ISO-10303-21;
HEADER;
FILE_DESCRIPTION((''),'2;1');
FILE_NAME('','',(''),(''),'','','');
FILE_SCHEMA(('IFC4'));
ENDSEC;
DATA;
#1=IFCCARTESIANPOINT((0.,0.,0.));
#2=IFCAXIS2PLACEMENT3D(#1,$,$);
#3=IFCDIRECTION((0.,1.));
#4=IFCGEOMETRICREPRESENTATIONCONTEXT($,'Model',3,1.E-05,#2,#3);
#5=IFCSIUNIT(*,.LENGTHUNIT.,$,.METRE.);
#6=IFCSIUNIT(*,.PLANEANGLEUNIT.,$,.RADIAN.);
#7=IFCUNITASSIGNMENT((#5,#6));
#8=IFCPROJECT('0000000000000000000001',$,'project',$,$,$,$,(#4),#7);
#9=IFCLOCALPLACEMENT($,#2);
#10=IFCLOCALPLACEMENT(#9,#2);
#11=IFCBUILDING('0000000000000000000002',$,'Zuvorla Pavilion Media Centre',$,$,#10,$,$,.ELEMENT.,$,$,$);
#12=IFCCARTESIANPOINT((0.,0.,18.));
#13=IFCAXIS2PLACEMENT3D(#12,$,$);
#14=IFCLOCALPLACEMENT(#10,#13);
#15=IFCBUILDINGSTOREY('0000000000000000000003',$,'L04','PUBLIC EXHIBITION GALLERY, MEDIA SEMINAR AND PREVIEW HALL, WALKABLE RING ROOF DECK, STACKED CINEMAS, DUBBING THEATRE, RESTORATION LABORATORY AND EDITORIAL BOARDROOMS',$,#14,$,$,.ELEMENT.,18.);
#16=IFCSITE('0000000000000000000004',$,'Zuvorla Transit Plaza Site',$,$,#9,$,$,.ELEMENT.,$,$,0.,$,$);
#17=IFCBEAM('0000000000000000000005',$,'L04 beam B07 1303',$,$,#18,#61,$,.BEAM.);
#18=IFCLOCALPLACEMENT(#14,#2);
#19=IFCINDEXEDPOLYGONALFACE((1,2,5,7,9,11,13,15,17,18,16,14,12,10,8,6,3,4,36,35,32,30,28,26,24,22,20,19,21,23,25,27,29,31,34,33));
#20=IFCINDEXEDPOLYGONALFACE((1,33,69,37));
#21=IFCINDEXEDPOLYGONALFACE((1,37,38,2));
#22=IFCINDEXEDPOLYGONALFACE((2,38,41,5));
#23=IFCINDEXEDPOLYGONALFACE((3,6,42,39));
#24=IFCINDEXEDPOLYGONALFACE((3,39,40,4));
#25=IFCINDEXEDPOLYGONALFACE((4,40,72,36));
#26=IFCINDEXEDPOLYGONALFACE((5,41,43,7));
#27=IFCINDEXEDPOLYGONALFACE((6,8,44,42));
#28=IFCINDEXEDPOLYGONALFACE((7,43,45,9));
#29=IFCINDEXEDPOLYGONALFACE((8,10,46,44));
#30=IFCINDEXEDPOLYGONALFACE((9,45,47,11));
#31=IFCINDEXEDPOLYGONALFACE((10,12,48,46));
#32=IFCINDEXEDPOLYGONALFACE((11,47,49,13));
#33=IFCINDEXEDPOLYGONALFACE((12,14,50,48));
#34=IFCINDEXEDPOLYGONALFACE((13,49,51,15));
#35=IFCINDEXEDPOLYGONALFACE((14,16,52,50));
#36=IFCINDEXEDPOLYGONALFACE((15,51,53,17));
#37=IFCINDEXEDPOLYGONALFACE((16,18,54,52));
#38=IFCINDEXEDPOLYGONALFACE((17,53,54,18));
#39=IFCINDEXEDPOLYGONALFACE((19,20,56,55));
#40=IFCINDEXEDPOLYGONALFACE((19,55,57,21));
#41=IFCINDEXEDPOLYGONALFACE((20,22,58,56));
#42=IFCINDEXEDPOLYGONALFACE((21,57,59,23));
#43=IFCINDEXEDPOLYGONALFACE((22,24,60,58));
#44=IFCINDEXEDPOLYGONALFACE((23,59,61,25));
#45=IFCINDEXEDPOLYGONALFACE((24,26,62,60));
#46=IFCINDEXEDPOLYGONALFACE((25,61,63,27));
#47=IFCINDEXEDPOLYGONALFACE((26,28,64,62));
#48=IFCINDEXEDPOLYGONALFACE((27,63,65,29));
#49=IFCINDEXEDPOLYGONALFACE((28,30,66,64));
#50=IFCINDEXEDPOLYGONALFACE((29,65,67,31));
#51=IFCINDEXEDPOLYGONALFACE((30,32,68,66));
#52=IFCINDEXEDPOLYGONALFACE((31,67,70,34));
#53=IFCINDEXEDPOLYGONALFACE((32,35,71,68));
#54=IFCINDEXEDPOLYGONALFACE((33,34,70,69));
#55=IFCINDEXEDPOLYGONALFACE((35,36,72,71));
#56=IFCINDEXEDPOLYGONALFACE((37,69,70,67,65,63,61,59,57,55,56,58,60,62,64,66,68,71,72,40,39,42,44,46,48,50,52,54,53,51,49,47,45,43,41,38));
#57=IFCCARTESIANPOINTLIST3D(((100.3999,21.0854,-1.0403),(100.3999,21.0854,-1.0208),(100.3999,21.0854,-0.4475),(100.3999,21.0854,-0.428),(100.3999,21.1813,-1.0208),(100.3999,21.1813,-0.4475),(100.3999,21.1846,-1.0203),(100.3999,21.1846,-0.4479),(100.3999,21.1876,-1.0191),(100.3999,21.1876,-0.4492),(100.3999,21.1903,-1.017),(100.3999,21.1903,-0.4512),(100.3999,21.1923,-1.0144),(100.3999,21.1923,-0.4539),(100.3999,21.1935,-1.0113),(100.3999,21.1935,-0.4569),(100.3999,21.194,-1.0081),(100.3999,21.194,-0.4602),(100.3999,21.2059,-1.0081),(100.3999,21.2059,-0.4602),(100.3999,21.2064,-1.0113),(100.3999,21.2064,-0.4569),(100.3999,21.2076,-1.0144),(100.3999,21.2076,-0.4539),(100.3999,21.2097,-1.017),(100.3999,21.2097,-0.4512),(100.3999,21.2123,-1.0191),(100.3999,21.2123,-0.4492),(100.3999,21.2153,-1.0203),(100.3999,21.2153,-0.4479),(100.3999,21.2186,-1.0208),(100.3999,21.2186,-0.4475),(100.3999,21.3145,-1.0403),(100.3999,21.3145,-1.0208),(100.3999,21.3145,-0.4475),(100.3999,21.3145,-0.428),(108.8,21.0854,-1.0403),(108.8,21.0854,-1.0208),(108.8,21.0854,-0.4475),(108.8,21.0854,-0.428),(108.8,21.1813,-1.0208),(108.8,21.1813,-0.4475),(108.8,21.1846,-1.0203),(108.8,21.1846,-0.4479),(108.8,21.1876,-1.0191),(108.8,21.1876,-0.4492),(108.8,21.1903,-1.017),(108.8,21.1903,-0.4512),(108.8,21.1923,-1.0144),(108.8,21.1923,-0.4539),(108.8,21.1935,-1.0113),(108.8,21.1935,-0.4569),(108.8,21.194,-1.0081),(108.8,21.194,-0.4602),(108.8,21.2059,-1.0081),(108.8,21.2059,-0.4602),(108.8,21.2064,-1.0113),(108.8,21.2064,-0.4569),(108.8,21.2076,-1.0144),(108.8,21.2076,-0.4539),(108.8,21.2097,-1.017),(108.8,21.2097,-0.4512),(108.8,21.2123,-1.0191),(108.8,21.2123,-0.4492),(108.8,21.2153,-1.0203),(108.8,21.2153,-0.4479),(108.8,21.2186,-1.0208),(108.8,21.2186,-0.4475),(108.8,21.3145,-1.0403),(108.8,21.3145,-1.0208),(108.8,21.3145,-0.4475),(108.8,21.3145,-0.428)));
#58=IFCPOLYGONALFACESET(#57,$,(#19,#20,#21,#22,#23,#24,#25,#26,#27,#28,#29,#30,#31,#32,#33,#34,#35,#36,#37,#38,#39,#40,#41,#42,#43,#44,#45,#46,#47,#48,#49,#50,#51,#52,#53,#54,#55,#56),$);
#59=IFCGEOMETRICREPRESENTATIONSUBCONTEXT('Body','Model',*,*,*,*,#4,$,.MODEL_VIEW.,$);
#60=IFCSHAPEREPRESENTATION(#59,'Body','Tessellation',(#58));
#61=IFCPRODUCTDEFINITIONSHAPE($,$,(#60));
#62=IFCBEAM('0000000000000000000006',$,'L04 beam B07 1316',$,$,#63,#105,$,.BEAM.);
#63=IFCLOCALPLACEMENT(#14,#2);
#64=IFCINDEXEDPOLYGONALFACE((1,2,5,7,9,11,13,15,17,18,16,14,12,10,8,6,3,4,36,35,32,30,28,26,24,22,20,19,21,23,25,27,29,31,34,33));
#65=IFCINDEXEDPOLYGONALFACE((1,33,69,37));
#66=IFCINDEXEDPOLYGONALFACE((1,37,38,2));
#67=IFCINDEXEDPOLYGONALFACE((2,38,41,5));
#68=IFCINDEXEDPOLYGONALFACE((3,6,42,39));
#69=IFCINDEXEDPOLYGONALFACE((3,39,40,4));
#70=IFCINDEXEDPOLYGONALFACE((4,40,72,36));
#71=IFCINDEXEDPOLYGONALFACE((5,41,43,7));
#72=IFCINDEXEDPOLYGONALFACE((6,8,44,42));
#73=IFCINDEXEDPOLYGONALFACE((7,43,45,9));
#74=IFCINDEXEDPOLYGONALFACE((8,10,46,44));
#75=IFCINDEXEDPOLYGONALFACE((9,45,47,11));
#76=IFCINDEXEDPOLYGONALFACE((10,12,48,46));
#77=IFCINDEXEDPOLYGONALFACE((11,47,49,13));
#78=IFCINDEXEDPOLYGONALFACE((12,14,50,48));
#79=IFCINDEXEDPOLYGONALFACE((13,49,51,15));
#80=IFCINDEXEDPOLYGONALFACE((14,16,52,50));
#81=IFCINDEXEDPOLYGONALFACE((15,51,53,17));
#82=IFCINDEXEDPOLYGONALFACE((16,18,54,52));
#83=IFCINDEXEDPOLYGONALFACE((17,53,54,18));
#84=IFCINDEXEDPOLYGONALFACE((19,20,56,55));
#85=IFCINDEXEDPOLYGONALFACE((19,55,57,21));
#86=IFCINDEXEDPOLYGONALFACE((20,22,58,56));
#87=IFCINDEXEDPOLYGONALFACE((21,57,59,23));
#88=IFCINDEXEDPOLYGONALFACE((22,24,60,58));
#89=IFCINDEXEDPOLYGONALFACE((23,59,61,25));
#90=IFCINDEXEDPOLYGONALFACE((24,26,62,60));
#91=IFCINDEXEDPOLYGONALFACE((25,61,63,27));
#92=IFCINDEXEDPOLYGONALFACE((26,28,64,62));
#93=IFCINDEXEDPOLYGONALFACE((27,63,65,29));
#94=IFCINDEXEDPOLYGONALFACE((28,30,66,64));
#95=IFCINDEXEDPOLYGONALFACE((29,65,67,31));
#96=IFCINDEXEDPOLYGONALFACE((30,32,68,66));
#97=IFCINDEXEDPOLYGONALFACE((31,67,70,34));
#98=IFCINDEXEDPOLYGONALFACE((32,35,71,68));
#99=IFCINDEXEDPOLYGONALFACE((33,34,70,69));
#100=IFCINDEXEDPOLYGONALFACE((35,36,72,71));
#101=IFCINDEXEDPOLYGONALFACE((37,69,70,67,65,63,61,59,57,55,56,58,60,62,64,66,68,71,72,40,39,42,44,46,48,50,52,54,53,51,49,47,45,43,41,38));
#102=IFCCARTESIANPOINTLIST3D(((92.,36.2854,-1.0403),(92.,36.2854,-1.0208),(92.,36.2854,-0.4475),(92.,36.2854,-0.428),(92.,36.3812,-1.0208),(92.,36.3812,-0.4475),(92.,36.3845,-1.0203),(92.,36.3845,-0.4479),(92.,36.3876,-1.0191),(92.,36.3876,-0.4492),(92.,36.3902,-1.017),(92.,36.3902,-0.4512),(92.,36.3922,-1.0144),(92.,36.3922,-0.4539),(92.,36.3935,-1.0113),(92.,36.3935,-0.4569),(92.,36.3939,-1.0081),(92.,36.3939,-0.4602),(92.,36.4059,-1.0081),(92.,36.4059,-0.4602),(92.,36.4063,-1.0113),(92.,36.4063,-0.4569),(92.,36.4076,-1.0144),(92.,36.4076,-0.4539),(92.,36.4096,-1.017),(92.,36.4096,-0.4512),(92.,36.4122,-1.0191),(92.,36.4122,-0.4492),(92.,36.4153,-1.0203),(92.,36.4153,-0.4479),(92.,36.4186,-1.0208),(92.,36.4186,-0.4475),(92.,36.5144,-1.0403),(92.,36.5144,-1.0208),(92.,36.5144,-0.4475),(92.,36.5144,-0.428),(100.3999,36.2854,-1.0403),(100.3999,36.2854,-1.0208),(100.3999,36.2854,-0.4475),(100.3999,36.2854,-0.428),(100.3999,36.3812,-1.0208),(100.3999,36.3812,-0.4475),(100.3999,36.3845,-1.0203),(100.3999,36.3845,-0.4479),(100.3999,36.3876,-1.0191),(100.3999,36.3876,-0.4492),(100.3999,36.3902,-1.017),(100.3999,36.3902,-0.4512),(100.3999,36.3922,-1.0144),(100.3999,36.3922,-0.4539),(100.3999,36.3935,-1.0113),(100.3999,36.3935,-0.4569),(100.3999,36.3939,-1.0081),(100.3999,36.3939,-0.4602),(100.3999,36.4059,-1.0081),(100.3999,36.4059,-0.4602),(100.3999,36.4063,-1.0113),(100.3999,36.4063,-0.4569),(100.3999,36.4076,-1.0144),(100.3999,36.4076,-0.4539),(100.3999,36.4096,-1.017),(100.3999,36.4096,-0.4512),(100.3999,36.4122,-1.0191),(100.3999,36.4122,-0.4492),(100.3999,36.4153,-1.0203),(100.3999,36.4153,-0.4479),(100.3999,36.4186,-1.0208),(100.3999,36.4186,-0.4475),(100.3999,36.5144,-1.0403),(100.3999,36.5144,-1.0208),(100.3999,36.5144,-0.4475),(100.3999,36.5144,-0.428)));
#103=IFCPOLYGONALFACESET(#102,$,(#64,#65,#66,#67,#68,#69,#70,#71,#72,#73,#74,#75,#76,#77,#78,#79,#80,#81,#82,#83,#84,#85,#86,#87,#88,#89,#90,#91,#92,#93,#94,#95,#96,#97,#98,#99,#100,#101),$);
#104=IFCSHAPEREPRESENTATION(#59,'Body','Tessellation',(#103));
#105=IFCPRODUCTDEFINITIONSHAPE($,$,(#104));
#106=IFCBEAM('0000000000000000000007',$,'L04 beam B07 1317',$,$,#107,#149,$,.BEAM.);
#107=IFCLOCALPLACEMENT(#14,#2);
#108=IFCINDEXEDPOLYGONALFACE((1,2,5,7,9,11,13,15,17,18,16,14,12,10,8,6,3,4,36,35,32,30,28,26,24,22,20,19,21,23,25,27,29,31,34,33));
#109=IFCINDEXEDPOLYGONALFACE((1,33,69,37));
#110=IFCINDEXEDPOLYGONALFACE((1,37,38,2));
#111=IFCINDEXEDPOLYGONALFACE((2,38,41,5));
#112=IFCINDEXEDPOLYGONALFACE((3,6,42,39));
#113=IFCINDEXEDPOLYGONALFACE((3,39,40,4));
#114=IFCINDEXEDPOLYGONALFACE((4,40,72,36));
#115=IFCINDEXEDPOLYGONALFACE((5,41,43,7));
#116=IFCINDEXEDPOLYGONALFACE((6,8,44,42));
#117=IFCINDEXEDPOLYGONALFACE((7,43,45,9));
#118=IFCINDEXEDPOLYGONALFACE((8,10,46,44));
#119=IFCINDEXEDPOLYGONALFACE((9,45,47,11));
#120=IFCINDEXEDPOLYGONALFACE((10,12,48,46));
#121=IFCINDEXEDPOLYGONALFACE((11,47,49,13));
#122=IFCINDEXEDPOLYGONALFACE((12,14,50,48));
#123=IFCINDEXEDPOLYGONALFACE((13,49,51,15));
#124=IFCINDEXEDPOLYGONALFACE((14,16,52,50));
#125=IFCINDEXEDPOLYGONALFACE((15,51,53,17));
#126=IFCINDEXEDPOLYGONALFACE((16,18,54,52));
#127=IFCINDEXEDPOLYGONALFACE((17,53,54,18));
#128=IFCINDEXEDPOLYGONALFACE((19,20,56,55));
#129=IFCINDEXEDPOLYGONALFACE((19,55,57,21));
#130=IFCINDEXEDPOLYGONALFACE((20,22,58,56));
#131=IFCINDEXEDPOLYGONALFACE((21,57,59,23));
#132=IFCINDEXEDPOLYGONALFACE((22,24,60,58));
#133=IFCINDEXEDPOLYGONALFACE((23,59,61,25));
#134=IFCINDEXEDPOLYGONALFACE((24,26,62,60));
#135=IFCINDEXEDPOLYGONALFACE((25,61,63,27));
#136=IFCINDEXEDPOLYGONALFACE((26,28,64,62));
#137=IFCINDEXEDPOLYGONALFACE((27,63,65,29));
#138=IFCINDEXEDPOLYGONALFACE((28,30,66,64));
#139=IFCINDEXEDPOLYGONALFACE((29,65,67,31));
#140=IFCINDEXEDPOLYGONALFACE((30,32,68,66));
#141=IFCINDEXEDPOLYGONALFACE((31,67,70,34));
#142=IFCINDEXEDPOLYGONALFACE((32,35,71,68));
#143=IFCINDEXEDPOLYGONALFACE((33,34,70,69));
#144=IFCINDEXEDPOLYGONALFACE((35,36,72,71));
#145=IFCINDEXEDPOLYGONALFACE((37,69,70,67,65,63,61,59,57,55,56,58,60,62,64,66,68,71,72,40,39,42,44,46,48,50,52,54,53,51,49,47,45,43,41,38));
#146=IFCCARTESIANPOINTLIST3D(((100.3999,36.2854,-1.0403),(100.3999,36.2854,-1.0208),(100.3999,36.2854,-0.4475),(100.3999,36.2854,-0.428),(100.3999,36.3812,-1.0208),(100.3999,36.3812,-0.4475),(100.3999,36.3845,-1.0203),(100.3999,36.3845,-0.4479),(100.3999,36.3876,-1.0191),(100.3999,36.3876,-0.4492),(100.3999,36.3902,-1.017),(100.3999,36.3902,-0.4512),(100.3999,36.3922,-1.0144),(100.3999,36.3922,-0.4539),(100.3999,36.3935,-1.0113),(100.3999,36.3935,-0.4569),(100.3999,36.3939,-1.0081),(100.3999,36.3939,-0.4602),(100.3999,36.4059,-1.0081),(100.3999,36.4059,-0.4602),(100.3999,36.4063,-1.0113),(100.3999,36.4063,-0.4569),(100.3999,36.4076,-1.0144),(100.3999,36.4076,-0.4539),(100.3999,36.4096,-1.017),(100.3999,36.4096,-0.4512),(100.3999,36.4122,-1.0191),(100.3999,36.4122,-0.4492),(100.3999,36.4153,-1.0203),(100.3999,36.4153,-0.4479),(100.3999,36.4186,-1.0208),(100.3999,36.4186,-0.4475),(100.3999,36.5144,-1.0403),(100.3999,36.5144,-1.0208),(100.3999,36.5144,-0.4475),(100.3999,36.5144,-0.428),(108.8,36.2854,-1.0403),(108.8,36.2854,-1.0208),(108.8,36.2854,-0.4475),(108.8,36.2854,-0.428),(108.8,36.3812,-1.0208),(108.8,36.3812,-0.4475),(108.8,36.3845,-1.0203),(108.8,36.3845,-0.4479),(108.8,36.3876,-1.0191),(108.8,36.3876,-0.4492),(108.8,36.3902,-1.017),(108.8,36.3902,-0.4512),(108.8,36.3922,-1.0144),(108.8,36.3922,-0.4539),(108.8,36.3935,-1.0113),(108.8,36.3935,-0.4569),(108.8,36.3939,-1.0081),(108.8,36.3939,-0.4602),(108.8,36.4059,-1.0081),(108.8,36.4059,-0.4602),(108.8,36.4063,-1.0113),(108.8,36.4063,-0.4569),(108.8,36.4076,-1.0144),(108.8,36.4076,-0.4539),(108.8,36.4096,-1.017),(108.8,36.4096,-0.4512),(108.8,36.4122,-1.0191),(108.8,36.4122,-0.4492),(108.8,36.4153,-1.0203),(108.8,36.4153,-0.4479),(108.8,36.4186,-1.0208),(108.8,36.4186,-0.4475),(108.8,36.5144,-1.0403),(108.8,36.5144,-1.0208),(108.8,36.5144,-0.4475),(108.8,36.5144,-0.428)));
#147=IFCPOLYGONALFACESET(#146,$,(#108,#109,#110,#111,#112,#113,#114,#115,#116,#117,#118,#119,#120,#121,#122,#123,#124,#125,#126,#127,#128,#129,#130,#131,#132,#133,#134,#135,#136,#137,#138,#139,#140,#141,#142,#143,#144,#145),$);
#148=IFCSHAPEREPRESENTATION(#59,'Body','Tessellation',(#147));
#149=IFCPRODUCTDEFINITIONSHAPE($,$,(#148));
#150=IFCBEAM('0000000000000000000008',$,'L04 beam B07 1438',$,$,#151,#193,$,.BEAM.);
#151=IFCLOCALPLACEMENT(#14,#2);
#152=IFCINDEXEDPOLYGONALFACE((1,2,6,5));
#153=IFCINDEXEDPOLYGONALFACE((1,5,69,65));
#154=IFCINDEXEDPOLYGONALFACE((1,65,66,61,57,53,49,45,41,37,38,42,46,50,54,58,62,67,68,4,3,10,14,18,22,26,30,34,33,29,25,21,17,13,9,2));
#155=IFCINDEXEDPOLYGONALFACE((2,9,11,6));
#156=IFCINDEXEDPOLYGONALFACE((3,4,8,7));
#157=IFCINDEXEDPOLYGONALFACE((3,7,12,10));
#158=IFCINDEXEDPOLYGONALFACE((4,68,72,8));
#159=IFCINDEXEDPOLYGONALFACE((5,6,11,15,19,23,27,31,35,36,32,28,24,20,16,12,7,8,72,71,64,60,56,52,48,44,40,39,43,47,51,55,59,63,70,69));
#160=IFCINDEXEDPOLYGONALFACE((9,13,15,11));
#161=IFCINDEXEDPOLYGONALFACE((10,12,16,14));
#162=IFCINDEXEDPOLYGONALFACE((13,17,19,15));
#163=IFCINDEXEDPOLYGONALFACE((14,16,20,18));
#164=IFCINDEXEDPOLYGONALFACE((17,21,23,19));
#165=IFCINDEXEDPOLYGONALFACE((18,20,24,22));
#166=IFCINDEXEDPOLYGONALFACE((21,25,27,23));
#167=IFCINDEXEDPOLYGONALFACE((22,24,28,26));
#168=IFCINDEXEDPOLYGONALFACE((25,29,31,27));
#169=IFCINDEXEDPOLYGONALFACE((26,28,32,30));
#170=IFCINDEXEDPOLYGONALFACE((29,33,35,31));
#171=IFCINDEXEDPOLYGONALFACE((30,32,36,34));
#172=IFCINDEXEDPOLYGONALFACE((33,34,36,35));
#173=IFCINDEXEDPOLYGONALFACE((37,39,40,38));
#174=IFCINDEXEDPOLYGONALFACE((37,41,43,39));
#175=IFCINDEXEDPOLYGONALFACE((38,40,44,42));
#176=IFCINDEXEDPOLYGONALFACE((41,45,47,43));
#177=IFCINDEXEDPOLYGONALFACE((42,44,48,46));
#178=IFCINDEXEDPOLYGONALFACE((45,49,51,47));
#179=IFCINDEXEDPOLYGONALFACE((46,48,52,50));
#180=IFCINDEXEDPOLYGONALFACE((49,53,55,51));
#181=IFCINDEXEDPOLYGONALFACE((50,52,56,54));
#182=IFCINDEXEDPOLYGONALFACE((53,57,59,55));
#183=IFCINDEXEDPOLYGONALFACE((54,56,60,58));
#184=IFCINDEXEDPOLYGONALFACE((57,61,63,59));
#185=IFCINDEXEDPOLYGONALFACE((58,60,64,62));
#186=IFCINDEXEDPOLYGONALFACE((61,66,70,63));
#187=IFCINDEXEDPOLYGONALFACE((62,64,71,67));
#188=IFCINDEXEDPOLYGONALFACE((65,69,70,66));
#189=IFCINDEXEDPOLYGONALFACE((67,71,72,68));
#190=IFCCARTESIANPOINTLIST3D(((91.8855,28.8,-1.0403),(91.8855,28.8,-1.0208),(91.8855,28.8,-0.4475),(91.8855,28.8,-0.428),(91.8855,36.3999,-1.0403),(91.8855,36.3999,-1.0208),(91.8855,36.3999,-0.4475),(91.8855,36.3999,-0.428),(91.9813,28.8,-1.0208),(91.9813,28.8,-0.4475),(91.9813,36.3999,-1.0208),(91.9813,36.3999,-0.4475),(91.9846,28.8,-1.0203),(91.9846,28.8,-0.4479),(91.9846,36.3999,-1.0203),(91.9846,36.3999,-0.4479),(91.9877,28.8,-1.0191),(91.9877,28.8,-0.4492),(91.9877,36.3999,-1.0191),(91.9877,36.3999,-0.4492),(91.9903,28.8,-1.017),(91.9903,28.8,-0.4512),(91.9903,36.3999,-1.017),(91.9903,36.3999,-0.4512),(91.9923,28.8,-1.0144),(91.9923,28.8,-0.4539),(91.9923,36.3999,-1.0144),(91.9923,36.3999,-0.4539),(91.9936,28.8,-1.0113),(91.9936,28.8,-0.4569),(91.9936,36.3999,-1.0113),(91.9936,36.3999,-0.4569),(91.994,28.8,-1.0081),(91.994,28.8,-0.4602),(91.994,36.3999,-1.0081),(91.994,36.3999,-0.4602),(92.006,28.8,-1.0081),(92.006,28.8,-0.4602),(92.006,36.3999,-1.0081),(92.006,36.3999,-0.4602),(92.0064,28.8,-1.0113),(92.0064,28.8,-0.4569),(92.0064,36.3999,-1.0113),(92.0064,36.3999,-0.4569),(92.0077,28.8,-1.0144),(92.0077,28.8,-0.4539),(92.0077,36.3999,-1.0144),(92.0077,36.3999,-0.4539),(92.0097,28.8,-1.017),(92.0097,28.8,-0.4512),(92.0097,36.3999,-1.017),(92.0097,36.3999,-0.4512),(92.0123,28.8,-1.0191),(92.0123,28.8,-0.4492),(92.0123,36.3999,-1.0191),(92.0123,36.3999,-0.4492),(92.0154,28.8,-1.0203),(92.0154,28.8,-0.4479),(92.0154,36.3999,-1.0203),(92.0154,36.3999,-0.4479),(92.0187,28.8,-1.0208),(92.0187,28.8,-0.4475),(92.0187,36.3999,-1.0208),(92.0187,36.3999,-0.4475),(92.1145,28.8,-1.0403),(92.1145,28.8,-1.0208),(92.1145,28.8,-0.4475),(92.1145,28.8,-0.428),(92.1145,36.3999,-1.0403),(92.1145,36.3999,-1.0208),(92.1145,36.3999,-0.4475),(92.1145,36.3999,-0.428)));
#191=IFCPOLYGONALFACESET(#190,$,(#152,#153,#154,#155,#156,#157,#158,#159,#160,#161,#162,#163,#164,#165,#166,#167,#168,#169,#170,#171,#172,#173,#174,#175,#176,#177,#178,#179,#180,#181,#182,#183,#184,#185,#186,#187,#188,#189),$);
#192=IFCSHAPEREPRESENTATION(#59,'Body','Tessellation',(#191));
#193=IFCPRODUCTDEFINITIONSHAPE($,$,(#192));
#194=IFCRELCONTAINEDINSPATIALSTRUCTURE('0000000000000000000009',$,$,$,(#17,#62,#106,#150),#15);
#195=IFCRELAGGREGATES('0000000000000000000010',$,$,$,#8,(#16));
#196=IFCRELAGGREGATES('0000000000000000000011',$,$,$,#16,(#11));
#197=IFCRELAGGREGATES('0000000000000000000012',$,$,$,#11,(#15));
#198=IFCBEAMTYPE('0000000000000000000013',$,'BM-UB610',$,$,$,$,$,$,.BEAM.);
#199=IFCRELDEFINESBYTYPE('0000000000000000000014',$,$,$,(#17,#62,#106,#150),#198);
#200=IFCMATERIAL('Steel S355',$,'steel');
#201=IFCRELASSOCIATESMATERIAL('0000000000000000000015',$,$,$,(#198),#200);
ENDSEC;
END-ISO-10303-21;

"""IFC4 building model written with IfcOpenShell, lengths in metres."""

from ifc_helpers import new_model, si_unit, direction, frame, origin, origin_2d, place, context, subcontext, project, spatial, i_section, extrude, material, material_profile, profile_set, type_object, element, save


model = new_model("IFC4")

# Units and contexts
model_context = context("Model", 3, precision=1e-05, world=origin(), true_north=direction((0.0, 1.0)))
body_context = subcontext(model_context, "Body", "Model", "MODEL_VIEW")
ifc_project = project(units=[si_unit("LENGTHUNIT", "METRE"), si_unit("PLANEANGLEUNIT", "RADIAN")], contexts=[model_context])

# Site, building, storey
site_placement = place(None, origin())
site = spatial("IfcSite", under=ifc_project, at=site_placement, Name="Zuvorla Transit Plaza Site", CompositionType="ELEMENT", RefElevation=0.0)
building_placement = place(site_placement, origin())
building = spatial("IfcBuilding", under=site, at=building_placement, Name="Zuvorla Pavilion Media Centre", CompositionType="ELEMENT")
storey_placement = place(building_placement, frame((0.0, 0.0, 18.0)))
storey = spatial("IfcBuildingStorey", under=building, at=storey_placement, Name="L04", Description="PUBLIC EXHIBITION GALLERY, MEDIA SEMINAR AND PREVIEW HALL, WALKABLE RING ROOF DECK, STACKED CINEMAS, DUBBING THEATRE, RESTORATION LABORATORY AND EDITORIAL BOARDROOMS", CompositionType="ELEMENT", Elevation=18.0)

# Beams
ifc_material_1 = material(Name="Steel S355", Category="steel")
ifc_material_profile_1 = material_profile(ifc_material_1, i_section(OverallWidth=0.229, OverallDepth=0.6123, WebThickness=0.012, FlangeThickness=0.0195, FilletRadius=0.0127, at=origin_2d()), Name="UB 610x229x125")
ifc_profile_set_1 = profile_set([ifc_material_profile_1], Name="Steel S355")
beam_type_1 = type_object("IfcBeamType", Name="BM-UB610", PredefinedType="BEAM", material=ifc_profile_set_1)
beam_1_placement = place(storey_placement, frame((100.3999, 21.2, -0.7341), z_axis=(1.0, 0.0, 0.0), x_axis=(0.0, 1.0, 0.0)))
element("IfcBeam", 1, at=beam_1_placement, inside=storey, type_object=beam_type_1, Name="L04 beam B07 1303", PredefinedType="BEAM", context=body_context, shape_type="SweptSolid", body=[
    extrude(i_section(OverallWidth=0.229, OverallDepth=0.6123, WebThickness=0.012, FlangeThickness=0.0195, FilletRadius=0.0127, at=origin_2d()), origin(), (0.0, 0.0, 1.0), 8.4001),
])
beam_2_placement = place(storey_placement, frame((92.0, 36.3999, -0.7341), z_axis=(1.0, 0.0, 0.0), x_axis=(0.0, 1.0, 0.0)))
element("IfcBeam", 2, at=beam_2_placement, inside=storey, type_object=beam_type_1, Name="L04 beam B07 1316", PredefinedType="BEAM", context=body_context, shape_type="SweptSolid", body=[
    extrude(i_section(OverallWidth=0.229, OverallDepth=0.6123, WebThickness=0.012, FlangeThickness=0.0195, FilletRadius=0.0127, at=origin_2d()), origin(), (0.0, 0.0, 1.0), 8.3999),
])
beam_3_placement = place(storey_placement, frame((100.3999, 36.3999, -0.7341), z_axis=(1.0, 0.0, 0.0), x_axis=(0.0, 1.0, 0.0)))
element("IfcBeam", 3, at=beam_3_placement, inside=storey, type_object=beam_type_1, Name="L04 beam B07 1317", PredefinedType="BEAM", context=body_context, shape_type="SweptSolid", body=[
    extrude(i_section(OverallWidth=0.229, OverallDepth=0.6123, WebThickness=0.012, FlangeThickness=0.0195, FilletRadius=0.0127, at=origin_2d()), origin(), (0.0, 0.0, 1.0), 8.4001),
])
beam_4_placement = place(storey_placement, frame((92.0, 28.8, -0.7341), z_axis=(0.0, 1.0, 0.0), x_axis=(-1.0, 0.0, 0.0)))
element("IfcBeam", 4, at=beam_4_placement, inside=storey, type_object=beam_type_1, Name="L04 beam B07 1438", PredefinedType="BEAM", context=body_context, shape_type="SweptSolid", body=[
    extrude(i_section(OverallWidth=0.229, OverallDepth=0.6123, WebThickness=0.012, FlangeThickness=0.0195, FilletRadius=0.0127, at=origin_2d()), origin(), (0.0, 0.0, 1.0), 7.5999),
])

save(model, "model.ifc")
